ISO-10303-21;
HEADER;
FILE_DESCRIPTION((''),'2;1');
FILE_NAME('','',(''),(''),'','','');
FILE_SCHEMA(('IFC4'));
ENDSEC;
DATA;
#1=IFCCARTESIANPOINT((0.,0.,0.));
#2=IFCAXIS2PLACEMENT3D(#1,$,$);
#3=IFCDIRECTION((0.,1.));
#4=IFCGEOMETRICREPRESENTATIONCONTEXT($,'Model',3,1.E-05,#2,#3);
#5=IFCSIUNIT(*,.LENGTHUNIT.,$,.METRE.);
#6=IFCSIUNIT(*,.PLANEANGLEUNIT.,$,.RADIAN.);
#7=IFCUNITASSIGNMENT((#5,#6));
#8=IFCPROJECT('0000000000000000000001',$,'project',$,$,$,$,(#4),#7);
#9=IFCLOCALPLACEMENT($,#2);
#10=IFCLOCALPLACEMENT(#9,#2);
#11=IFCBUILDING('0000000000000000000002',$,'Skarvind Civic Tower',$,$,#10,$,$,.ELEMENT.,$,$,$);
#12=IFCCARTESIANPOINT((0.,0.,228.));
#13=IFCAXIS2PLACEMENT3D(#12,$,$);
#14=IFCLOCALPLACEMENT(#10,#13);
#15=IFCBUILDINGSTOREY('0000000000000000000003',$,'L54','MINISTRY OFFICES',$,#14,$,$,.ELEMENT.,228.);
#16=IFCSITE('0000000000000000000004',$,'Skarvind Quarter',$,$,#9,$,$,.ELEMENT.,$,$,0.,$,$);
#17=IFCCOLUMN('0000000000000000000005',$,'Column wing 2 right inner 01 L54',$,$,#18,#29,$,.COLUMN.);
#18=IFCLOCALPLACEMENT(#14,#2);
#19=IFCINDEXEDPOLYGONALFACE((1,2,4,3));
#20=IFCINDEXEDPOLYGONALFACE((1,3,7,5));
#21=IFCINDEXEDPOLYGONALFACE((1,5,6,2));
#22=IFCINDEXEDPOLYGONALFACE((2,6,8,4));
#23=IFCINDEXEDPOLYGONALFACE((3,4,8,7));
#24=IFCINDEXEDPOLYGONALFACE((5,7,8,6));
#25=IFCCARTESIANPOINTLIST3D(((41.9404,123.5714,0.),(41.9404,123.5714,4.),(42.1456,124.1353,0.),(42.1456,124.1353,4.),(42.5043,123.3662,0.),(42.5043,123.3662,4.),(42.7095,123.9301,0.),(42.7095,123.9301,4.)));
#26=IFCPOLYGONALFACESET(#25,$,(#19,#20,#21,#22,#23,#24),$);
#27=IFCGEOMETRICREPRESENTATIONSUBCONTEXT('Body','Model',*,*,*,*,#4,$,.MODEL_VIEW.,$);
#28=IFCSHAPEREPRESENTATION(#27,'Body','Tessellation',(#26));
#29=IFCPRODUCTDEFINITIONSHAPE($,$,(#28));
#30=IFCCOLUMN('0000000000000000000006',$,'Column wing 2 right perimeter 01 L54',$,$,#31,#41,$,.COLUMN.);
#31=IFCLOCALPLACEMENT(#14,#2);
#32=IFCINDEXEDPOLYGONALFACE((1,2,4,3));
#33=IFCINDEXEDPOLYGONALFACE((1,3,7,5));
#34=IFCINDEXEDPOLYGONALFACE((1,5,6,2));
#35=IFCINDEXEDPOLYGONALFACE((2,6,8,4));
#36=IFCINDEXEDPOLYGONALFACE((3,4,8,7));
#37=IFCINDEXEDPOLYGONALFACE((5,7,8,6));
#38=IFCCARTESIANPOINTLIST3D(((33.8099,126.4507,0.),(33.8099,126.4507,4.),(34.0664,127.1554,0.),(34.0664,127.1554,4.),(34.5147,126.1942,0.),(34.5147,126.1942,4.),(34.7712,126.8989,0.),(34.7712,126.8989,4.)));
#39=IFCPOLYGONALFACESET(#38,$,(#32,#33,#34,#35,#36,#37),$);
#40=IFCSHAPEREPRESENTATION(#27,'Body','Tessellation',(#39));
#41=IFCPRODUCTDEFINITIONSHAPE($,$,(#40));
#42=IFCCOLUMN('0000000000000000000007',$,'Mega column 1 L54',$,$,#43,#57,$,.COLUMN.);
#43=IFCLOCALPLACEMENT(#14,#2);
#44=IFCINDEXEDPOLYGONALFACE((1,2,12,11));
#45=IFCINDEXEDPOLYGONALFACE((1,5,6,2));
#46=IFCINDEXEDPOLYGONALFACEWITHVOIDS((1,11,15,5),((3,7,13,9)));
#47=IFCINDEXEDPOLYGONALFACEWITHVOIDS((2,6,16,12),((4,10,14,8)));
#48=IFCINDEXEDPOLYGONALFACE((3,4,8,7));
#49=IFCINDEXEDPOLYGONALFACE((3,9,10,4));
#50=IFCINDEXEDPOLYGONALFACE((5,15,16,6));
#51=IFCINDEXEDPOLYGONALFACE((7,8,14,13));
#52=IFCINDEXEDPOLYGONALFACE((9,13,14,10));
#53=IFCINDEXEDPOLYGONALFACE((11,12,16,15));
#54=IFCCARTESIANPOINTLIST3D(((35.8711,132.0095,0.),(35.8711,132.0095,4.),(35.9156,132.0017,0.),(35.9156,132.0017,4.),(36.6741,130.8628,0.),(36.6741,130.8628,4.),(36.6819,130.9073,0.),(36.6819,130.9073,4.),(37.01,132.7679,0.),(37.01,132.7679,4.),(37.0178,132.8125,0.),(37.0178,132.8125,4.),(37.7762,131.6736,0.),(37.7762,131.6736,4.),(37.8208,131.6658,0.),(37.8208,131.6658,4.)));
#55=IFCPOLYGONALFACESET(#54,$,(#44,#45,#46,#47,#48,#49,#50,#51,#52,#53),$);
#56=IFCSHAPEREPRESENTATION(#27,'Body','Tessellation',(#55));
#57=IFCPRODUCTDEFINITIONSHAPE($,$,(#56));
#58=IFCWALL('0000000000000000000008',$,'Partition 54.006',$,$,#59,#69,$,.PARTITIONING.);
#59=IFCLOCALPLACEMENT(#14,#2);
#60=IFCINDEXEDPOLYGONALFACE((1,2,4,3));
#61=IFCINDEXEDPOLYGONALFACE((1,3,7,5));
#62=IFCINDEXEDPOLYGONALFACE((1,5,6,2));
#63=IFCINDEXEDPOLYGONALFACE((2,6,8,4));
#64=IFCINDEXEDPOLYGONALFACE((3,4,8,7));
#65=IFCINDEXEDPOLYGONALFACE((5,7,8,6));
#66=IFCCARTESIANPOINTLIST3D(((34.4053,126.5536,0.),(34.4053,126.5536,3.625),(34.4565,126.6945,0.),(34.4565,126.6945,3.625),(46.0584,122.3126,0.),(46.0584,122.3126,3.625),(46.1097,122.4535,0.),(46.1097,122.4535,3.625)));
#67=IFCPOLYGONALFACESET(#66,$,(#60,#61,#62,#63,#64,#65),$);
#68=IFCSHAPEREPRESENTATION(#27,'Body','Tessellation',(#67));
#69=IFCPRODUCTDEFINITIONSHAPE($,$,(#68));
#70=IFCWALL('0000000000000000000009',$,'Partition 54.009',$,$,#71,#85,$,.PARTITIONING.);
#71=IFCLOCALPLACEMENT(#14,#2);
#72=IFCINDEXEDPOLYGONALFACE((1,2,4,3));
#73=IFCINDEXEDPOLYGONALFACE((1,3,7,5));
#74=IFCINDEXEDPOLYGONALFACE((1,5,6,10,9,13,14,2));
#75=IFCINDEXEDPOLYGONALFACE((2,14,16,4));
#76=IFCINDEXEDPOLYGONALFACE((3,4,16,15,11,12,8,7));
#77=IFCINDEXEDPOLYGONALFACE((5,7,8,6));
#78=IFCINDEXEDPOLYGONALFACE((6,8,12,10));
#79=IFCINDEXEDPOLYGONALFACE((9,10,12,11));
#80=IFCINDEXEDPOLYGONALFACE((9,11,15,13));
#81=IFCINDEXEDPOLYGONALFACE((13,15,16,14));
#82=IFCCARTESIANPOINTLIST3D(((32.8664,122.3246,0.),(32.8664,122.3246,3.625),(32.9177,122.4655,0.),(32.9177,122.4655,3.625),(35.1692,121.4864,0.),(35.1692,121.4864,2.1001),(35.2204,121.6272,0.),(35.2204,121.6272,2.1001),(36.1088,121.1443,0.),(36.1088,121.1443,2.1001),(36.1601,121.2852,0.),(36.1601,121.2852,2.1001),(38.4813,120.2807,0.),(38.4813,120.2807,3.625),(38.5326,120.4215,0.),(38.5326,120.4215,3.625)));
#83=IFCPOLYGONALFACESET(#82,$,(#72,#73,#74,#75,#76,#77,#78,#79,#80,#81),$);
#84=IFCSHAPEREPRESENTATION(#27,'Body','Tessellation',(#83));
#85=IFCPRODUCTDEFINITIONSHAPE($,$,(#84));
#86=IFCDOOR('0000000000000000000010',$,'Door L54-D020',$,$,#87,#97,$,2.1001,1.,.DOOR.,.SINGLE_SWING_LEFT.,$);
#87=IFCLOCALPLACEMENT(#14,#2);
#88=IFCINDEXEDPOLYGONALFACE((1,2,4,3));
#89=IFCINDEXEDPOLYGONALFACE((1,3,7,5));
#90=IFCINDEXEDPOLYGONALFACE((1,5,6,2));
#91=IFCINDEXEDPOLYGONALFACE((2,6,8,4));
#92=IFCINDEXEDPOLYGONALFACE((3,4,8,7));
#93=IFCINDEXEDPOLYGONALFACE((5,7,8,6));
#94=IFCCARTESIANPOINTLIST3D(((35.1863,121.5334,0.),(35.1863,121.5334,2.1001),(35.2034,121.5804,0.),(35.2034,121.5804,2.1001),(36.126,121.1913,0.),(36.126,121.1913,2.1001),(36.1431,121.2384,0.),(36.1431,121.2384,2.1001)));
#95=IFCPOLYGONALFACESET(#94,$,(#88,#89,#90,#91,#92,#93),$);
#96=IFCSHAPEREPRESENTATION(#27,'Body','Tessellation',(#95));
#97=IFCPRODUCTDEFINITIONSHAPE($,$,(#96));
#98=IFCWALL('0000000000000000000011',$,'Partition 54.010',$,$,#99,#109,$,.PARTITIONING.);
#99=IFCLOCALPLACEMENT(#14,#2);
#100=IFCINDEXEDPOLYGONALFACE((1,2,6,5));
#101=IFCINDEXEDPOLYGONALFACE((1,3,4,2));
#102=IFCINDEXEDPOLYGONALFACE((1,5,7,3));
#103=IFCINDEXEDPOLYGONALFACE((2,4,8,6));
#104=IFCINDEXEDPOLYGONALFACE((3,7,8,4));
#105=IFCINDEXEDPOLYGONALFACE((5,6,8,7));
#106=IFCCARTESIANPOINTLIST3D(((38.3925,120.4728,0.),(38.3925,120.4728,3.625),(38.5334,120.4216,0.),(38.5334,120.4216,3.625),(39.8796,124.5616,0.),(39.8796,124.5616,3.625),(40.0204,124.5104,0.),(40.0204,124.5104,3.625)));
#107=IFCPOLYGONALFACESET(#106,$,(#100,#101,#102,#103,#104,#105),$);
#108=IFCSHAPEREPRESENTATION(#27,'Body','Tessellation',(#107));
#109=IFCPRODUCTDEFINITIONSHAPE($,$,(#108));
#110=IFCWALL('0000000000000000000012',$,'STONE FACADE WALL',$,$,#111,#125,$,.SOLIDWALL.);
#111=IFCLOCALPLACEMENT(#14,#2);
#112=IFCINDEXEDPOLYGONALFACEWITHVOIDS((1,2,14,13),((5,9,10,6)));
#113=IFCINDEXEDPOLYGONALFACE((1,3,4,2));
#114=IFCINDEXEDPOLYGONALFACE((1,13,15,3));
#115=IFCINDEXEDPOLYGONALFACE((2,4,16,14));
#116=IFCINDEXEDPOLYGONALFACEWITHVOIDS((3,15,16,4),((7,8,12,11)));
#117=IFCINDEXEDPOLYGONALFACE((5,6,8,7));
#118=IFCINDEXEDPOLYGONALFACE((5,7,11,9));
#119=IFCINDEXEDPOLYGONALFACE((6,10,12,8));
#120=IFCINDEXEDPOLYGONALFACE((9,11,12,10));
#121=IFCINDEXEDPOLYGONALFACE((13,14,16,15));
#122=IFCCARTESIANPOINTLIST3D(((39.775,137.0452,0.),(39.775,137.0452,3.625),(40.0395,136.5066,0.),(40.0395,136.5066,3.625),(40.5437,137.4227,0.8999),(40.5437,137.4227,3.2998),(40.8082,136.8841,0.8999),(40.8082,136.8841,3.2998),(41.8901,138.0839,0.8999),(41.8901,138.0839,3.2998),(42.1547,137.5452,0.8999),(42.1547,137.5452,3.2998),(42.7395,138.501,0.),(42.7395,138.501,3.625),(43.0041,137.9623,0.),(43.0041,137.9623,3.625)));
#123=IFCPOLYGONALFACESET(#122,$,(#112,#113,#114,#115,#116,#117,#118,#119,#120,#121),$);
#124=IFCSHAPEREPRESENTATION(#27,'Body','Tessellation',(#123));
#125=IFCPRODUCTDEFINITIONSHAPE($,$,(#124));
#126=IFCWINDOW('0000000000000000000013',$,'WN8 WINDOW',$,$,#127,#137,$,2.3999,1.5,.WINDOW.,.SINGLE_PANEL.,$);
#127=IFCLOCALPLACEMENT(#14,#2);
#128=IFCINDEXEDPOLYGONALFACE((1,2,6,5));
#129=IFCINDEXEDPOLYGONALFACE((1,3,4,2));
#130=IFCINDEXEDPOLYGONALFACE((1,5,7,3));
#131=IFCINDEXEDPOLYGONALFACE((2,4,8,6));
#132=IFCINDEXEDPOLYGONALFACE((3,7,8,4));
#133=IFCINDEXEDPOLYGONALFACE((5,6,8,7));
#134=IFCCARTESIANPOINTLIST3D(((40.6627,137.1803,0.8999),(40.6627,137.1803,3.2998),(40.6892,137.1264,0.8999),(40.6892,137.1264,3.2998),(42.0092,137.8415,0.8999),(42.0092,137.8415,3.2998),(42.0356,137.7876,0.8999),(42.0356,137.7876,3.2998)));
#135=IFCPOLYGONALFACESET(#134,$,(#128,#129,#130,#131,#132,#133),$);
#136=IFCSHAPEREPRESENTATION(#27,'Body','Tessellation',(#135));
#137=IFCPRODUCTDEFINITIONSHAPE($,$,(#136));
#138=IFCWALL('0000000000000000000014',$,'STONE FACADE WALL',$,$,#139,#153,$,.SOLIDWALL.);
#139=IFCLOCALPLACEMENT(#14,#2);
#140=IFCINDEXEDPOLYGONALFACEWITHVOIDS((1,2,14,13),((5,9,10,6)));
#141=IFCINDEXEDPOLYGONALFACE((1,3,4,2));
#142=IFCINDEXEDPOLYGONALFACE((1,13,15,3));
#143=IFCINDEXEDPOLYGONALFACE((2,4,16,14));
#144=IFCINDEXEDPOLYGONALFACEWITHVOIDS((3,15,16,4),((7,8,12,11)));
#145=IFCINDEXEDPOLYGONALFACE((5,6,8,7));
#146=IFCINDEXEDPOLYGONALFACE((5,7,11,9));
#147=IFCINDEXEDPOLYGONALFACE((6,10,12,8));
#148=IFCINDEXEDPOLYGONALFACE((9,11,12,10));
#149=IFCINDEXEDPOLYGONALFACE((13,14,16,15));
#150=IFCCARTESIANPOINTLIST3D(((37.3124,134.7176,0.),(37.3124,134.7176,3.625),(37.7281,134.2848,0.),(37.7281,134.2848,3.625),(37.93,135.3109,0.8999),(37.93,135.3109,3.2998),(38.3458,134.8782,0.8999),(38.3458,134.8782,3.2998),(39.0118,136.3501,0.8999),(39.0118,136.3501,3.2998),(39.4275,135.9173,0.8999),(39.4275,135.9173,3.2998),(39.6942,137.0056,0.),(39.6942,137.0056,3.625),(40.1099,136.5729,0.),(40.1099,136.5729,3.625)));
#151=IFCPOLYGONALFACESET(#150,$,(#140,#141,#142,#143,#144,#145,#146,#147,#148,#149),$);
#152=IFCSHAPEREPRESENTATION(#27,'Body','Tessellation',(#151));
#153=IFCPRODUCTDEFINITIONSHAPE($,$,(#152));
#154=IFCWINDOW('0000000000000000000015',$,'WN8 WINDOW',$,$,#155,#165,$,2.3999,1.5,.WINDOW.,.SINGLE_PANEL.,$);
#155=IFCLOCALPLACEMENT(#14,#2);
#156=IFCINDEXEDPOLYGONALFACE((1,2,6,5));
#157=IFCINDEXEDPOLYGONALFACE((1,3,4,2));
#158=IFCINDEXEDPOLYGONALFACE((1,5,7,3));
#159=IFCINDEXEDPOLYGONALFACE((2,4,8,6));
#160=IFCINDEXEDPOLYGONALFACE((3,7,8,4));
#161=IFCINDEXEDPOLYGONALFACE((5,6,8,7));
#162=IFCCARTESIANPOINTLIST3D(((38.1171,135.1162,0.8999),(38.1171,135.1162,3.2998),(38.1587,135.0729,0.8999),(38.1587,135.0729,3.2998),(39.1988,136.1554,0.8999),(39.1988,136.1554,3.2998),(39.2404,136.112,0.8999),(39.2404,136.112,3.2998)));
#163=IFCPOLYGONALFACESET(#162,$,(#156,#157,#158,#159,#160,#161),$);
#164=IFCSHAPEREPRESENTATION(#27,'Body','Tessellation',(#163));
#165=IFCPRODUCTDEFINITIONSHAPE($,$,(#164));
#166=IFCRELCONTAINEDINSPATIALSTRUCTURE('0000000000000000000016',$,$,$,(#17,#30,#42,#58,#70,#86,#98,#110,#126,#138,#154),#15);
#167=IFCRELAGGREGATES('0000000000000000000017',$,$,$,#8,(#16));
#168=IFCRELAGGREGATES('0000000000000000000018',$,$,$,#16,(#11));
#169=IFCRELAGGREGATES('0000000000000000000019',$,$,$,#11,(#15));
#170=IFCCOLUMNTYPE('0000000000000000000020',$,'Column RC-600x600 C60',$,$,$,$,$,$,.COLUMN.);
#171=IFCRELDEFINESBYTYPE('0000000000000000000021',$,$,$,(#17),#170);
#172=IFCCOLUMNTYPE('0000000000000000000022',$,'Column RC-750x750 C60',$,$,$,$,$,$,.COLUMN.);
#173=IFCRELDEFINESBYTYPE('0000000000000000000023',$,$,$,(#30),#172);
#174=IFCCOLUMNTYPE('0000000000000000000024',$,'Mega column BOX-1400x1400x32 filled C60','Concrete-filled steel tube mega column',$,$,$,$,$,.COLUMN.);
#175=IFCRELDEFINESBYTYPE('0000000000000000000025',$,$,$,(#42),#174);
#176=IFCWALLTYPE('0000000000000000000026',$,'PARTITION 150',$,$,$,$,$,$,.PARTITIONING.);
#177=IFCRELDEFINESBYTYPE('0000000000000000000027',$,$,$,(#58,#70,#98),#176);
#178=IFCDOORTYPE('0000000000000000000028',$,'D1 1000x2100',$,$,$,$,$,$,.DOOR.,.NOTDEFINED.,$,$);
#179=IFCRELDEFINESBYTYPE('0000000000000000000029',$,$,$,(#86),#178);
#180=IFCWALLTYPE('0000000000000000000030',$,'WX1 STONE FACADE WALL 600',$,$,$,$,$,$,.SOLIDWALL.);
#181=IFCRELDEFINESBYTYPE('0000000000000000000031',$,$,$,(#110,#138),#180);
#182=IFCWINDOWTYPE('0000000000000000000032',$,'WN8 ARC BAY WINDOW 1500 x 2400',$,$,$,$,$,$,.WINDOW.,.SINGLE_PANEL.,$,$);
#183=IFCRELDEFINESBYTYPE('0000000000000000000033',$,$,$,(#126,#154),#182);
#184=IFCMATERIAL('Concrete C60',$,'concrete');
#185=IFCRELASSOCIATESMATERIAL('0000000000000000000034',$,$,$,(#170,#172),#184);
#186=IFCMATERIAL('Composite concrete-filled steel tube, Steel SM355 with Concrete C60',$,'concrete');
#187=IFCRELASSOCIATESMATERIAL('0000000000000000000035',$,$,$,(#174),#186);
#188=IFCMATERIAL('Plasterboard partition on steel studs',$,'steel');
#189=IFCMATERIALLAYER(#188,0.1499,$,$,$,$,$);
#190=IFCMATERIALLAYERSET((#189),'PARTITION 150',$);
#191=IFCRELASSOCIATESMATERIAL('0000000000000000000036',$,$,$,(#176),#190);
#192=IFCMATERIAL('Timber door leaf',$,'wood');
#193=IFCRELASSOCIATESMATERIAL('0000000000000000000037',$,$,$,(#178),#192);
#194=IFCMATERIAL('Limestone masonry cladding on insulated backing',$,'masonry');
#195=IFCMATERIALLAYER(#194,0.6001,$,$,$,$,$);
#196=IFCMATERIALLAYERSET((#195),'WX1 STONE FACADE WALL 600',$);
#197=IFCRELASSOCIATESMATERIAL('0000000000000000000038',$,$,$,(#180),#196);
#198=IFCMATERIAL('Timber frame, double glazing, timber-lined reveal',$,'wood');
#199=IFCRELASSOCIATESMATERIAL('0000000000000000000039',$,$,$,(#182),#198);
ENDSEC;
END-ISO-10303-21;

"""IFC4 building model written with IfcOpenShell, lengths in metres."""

from ifc_helpers import new_model, si_unit, direction, frame, frame_2d, origin, origin_2d, place, context, subcontext, project, spatial, rectangle, hollow_rectangle, extrude, material, layer, layer_set, material_profile, profile_set, type_object, element, fill, save


model = new_model("IFC4")

# Units and contexts
model_context = context("Model", 3, precision=1e-05, world=origin(), true_north=direction((0.0, 1.0)))
body_context = subcontext(model_context, "Body", "Model", "MODEL_VIEW")
ifc_project = project(units=[si_unit("LENGTHUNIT", "METRE"), si_unit("PLANEANGLEUNIT", "RADIAN")], contexts=[model_context])

# Site, building, storey
site_placement = place(None, origin())
site = spatial("IfcSite", under=ifc_project, at=site_placement, Name="Skarvind Quarter", CompositionType="ELEMENT", RefElevation=0.0)
building_placement = place(site_placement, origin())
building = spatial("IfcBuilding", under=site, at=building_placement, Name="Skarvind Civic Tower", CompositionType="ELEMENT")
storey_placement = place(building_placement, frame((0.0, 0.0, 228.0)))
storey = spatial("IfcBuildingStorey", under=building, at=storey_placement, Name="L54", Description="MINISTRY OFFICES", CompositionType="ELEMENT", Elevation=228.0)

# Columns
ifc_material_1 = material(Name="Concrete C60", Category="concrete")
ifc_material_profile_1 = material_profile(ifc_material_1, rectangle(XDim=0.6001, YDim=0.6001, at=origin_2d()), Name="RC-600x600")
ifc_profile_set_1 = profile_set([ifc_material_profile_1], Name="Concrete C60")
column_type_1 = type_object("IfcColumnType", Name="Column RC-600x600 C60", PredefinedType="COLUMN", material=ifc_profile_set_1)
column_1_placement = place(storey_placement, frame((42.325, 123.7507, 0.0), z_axis=(0.0, 0.0, 1.0), x_axis=(-0.34202, -0.939693, 0.0)))
element("IfcColumn", 1, at=column_1_placement, inside=storey, type_object=column_type_1, Name="Column wing 2 right inner 01 L54", PredefinedType="COLUMN", context=body_context, shape_type="SweptSolid", body=[
    extrude(rectangle(XDim=0.6001, YDim=0.6001, at=origin_2d()), origin(), (0.0, 0.0, 1.0), 4.0),
])
ifc_material_profile_2 = material_profile(ifc_material_1, rectangle(XDim=0.75, YDim=0.75, at=origin_2d()), Name="RC-750x750")
ifc_profile_set_2 = profile_set([ifc_material_profile_2], Name="Concrete C60")
column_type_2 = type_object("IfcColumnType", Name="Column RC-750x750 C60", PredefinedType="COLUMN", material=ifc_profile_set_2)
column_2_placement = place(storey_placement, frame((34.2905, 126.6748, 0.0), z_axis=(0.0, 0.0, 1.0), x_axis=(-0.34202, -0.939693, 0.0)))
element("IfcColumn", 2, at=column_2_placement, inside=storey, type_object=column_type_2, Name="Column wing 2 right perimeter 01 L54", PredefinedType="COLUMN", context=body_context, shape_type="SweptSolid", body=[
    extrude(rectangle(XDim=0.75, YDim=0.75, at=origin_2d()), origin(), (0.0, 0.0, 1.0), 4.0),
])
ifc_material_2 = material(Name="Composite concrete-filled steel tube, Steel SM355 with Concrete C60", Category="concrete")
ifc_material_profile_3 = material_profile(ifc_material_2, hollow_rectangle(XDim=1.3999, YDim=1.3999, WallThickness=0.032, at=origin_2d()), Name="BOX-1400x1400x32")
ifc_profile_set_3 = profile_set([ifc_material_profile_3], Name="Composite concrete-filled steel tube, Steel SM355 with Concrete C60")
column_type_3 = type_object("IfcColumnType", Name="Mega column BOX-1400x1400x32 filled C60", Description="Concrete-filled steel tube mega column", PredefinedType="COLUMN", material=ifc_profile_set_3)
column_3_placement = place(storey_placement, frame((36.8459, 131.8376, 0.0), z_axis=(0.0, 0.0, 1.0), x_axis=(0.573576, -0.819152, 0.0)))
element("IfcColumn", 3, at=column_3_placement, inside=storey, type_object=column_type_3, Name="Mega column 1 L54", PredefinedType="COLUMN", context=body_context, shape_type="SweptSolid", body=[
    extrude(hollow_rectangle(XDim=1.3999, YDim=1.3999, WallThickness=0.032, at=origin_2d()), origin(), (0.0, 0.0, 1.0), 4.0),
])

# Wall
ifc_material_3 = material(Name="Plasterboard partition on steel studs", Category="steel")
ifc_layer_1 = layer(ifc_material_3, 0.1499)
ifc_layer_set_1 = layer_set([ifc_layer_1], Name="PARTITION 150")
wall_type_1 = type_object("IfcWallType", Name="PARTITION 150", PredefinedType="PARTITIONING", material=ifc_layer_set_1)
wall_1_placement = place(storey_placement, frame((34.4309, 126.624, 0.0), z_axis=(0.0, 0.0, 1.0), x_axis=(0.939703, -0.341991, 0.0)))
element("IfcWall", 4, at=wall_1_placement, inside=storey, type_object=wall_type_1, Name="Partition 54.006", PredefinedType="PARTITIONING", context=body_context, shape_type="SweptSolid", body=[
    extrude(rectangle(XDim=12.4009, YDim=0.1499, at=frame_2d((6.2004, 0.0))), origin(), (0.0, 0.0, 1.0), 3.625),
])

# Wall, opening, door
wall_2_placement = place(storey_placement, frame((38.5071, 120.3511, 0.0), z_axis=(0.0, 0.0, 1.0), x_axis=(-0.939679, 0.342058, 0.0)))
wall_2 = element("IfcWall", 5, at=wall_2_placement, inside=storey, type_object=wall_type_1, Name="Partition 54.009", PredefinedType="PARTITIONING", context=body_context, shape_type="SweptSolid", body=[
    extrude(rectangle(XDim=5.9753, YDim=0.1499, at=frame_2d((2.9878, 0.0))), origin(), (0.0, 0.0, 1.0), 3.625),
])
opening_1_placement = place(wall_2_placement, frame((2.5249, 0.0, 0.0)))
opening_1 = element("IfcOpeningElement", 6, at=opening_1_placement, cuts=wall_2, PredefinedType="OPENING", context=body_context, shape_type="SweptSolid", body=[
    extrude(rectangle(XDim=1.0, YDim=2.1001, at=frame_2d((0.5, 1.05))), frame((0.0, 0.085, 0.0), z_axis=(0.0, -1.0, 0.0), x_axis=(1.0, 0.0, 0.0)), (0.0, 0.0, 1.0), 0.1699),
])
ifc_material_4 = material(Name="Timber door leaf", Category="wood")
door_type = type_object("IfcDoorType", Name="D1 1000x2100", OperationType="NOTDEFINED", PredefinedType="DOOR", material=ifc_material_4)
door_placement = place(opening_1_placement, origin())
door = element("IfcDoor", 7, at=door_placement, inside=storey, type_object=door_type, Name="Door L54-D020", OperationType="SINGLE_SWING_LEFT", OverallHeight=2.1001, OverallWidth=1.0, PredefinedType="DOOR", context=body_context, shape_type="SweptSolid", body=[
    extrude(rectangle(XDim=1.0, YDim=2.1001, at=frame_2d((0.5, 1.05))), frame((0.0, 0.0249, 0.0), z_axis=(0.0, -1.0, 0.0), x_axis=(1.0, 0.0, 0.0)), (0.0, 0.0, 1.0), 0.05),
])
fill(opening_1, door)

# Wall
wall_3_placement = place(storey_placement, frame((39.95, 124.5359, 0.0), z_axis=(0.0, 0.0, 1.0), x_axis=(-0.341784, -0.939779, 0.0)))
element("IfcWall", 8, at=wall_3_placement, inside=storey, type_object=wall_type_1, Name="Partition 54.010", PredefinedType="PARTITIONING", context=body_context, shape_type="SweptSolid", body=[
    extrude(rectangle(XDim=4.3508, YDim=0.1499, at=frame_2d((2.1753, 0.0))), origin(), (0.0, 0.0, 1.0), 3.625),
])

# Walls, openings, windows
ifc_material_5 = material(Name="Limestone masonry cladding on insulated backing", Category="masonry")
ifc_layer_2 = layer(ifc_material_5, 0.6001)
ifc_layer_set_2 = layer_set([ifc_layer_2], Name="WX1 STONE FACADE WALL 600")
wall_type_2 = type_object("IfcWallType", Name="WX1 STONE FACADE WALL 600", PredefinedType="SOLIDWALL", material=ifc_layer_set_2)
wall_4_placement = place(storey_placement, frame((39.9072, 136.7759, 0.0), z_axis=(0.0, 0.0, 1.0), x_axis=(0.897612, 0.440786, 0.0)))
wall_4 = element("IfcWall", 9, at=wall_4_placement, inside=storey, type_object=wall_type_2, Name="STONE FACADE WALL", PredefinedType="SOLIDWALL", context=body_context, shape_type="SweptSolid", body=[
    extrude(rectangle(XDim=3.3027, YDim=0.6001, at=frame_2d((1.6514, 0.0))), origin(), (0.0, 0.0, 1.0), 3.625),
])
opening_2_placement = place(wall_4_placement, frame((0.8564, 0.0, 0.8999)))
opening_2 = element("IfcOpeningElement", 10, at=opening_2_placement, cuts=wall_4, PredefinedType="OPENING", context=body_context, shape_type="SweptSolid", body=[
    extrude(rectangle(XDim=1.5, YDim=2.3999, at=frame_2d((0.75, 1.2))), frame((0.0, 0.3101, 0.0), z_axis=(0.0, -1.0, 0.0), x_axis=(1.0, 0.0, 0.0)), (0.0, 0.0, 1.0), 0.6201),
])
ifc_material_6 = material(Name="Timber frame, double glazing, timber-lined reveal", Category="wood")
window_type = type_object("IfcWindowType", Name="WN8 ARC BAY WINDOW 1500 x 2400", PartitioningType="SINGLE_PANEL", PredefinedType="WINDOW", material=ifc_material_6)
window_1_placement = place(opening_2_placement, origin())
window_1 = element("IfcWindow", 11, at=window_1_placement, inside=storey, type_object=window_type, Name="WN8 WINDOW", OverallHeight=2.3999, OverallWidth=1.5, PartitioningType="SINGLE_PANEL", PredefinedType="WINDOW", context=body_context, shape_type="SweptSolid", body=[
    extrude(rectangle(XDim=1.5, YDim=2.3999, at=frame_2d((0.75, 1.2))), frame((0.0, 0.03, 0.0), z_axis=(0.0, -1.0, 0.0), x_axis=(1.0, 0.0, 0.0)), (0.0, 0.0, 1.0), 0.0601),
])
fill(opening_2, window_1)
wall_5_placement = place(storey_placement, frame((37.5203, 134.5012, 0.0), z_axis=(0.0, 0.0, 1.0), x_axis=(0.721157, 0.692772, 0.0)))
wall_5 = element("IfcWall", 12, at=wall_5_placement, inside=storey, type_object=wall_type_2, Name="STONE FACADE WALL", PredefinedType="SOLIDWALL", context=body_context, shape_type="SweptSolid", body=[
    extrude(rectangle(XDim=3.3027, YDim=0.6001, at=frame_2d((1.6514, 0.0))), origin(), (0.0, 0.0, 1.0), 3.625),
])
opening_3_placement = place(wall_5_placement, frame((0.8564, 0.0, 0.8999)))
opening_3 = element("IfcOpeningElement", 13, at=opening_3_placement, cuts=wall_5, PredefinedType="OPENING", context=body_context, shape_type="SweptSolid", body=[
    extrude(rectangle(XDim=1.5, YDim=2.3999, at=frame_2d((0.75, 1.2))), frame((0.0, 0.3101, 0.0), z_axis=(0.0, -1.0, 0.0), x_axis=(1.0, 0.0, 0.0)), (0.0, 0.0, 1.0), 0.6201),
])
window_2_placement = place(opening_3_placement, origin())
window_2 = element("IfcWindow", 14, at=window_2_placement, inside=storey, type_object=window_type, Name="WN8 WINDOW", OverallHeight=2.3999, OverallWidth=1.5, PartitioningType="SINGLE_PANEL", PredefinedType="WINDOW", context=body_context, shape_type="SweptSolid", body=[
    extrude(rectangle(XDim=1.5, YDim=2.3999, at=frame_2d((0.75, 1.2))), frame((0.0, 0.03, 0.0), z_axis=(0.0, -1.0, 0.0), x_axis=(1.0, 0.0, 0.0)), (0.0, 0.0, 1.0), 0.0601),
])
fill(opening_3, window_2)

save(model, "model.ifc")
